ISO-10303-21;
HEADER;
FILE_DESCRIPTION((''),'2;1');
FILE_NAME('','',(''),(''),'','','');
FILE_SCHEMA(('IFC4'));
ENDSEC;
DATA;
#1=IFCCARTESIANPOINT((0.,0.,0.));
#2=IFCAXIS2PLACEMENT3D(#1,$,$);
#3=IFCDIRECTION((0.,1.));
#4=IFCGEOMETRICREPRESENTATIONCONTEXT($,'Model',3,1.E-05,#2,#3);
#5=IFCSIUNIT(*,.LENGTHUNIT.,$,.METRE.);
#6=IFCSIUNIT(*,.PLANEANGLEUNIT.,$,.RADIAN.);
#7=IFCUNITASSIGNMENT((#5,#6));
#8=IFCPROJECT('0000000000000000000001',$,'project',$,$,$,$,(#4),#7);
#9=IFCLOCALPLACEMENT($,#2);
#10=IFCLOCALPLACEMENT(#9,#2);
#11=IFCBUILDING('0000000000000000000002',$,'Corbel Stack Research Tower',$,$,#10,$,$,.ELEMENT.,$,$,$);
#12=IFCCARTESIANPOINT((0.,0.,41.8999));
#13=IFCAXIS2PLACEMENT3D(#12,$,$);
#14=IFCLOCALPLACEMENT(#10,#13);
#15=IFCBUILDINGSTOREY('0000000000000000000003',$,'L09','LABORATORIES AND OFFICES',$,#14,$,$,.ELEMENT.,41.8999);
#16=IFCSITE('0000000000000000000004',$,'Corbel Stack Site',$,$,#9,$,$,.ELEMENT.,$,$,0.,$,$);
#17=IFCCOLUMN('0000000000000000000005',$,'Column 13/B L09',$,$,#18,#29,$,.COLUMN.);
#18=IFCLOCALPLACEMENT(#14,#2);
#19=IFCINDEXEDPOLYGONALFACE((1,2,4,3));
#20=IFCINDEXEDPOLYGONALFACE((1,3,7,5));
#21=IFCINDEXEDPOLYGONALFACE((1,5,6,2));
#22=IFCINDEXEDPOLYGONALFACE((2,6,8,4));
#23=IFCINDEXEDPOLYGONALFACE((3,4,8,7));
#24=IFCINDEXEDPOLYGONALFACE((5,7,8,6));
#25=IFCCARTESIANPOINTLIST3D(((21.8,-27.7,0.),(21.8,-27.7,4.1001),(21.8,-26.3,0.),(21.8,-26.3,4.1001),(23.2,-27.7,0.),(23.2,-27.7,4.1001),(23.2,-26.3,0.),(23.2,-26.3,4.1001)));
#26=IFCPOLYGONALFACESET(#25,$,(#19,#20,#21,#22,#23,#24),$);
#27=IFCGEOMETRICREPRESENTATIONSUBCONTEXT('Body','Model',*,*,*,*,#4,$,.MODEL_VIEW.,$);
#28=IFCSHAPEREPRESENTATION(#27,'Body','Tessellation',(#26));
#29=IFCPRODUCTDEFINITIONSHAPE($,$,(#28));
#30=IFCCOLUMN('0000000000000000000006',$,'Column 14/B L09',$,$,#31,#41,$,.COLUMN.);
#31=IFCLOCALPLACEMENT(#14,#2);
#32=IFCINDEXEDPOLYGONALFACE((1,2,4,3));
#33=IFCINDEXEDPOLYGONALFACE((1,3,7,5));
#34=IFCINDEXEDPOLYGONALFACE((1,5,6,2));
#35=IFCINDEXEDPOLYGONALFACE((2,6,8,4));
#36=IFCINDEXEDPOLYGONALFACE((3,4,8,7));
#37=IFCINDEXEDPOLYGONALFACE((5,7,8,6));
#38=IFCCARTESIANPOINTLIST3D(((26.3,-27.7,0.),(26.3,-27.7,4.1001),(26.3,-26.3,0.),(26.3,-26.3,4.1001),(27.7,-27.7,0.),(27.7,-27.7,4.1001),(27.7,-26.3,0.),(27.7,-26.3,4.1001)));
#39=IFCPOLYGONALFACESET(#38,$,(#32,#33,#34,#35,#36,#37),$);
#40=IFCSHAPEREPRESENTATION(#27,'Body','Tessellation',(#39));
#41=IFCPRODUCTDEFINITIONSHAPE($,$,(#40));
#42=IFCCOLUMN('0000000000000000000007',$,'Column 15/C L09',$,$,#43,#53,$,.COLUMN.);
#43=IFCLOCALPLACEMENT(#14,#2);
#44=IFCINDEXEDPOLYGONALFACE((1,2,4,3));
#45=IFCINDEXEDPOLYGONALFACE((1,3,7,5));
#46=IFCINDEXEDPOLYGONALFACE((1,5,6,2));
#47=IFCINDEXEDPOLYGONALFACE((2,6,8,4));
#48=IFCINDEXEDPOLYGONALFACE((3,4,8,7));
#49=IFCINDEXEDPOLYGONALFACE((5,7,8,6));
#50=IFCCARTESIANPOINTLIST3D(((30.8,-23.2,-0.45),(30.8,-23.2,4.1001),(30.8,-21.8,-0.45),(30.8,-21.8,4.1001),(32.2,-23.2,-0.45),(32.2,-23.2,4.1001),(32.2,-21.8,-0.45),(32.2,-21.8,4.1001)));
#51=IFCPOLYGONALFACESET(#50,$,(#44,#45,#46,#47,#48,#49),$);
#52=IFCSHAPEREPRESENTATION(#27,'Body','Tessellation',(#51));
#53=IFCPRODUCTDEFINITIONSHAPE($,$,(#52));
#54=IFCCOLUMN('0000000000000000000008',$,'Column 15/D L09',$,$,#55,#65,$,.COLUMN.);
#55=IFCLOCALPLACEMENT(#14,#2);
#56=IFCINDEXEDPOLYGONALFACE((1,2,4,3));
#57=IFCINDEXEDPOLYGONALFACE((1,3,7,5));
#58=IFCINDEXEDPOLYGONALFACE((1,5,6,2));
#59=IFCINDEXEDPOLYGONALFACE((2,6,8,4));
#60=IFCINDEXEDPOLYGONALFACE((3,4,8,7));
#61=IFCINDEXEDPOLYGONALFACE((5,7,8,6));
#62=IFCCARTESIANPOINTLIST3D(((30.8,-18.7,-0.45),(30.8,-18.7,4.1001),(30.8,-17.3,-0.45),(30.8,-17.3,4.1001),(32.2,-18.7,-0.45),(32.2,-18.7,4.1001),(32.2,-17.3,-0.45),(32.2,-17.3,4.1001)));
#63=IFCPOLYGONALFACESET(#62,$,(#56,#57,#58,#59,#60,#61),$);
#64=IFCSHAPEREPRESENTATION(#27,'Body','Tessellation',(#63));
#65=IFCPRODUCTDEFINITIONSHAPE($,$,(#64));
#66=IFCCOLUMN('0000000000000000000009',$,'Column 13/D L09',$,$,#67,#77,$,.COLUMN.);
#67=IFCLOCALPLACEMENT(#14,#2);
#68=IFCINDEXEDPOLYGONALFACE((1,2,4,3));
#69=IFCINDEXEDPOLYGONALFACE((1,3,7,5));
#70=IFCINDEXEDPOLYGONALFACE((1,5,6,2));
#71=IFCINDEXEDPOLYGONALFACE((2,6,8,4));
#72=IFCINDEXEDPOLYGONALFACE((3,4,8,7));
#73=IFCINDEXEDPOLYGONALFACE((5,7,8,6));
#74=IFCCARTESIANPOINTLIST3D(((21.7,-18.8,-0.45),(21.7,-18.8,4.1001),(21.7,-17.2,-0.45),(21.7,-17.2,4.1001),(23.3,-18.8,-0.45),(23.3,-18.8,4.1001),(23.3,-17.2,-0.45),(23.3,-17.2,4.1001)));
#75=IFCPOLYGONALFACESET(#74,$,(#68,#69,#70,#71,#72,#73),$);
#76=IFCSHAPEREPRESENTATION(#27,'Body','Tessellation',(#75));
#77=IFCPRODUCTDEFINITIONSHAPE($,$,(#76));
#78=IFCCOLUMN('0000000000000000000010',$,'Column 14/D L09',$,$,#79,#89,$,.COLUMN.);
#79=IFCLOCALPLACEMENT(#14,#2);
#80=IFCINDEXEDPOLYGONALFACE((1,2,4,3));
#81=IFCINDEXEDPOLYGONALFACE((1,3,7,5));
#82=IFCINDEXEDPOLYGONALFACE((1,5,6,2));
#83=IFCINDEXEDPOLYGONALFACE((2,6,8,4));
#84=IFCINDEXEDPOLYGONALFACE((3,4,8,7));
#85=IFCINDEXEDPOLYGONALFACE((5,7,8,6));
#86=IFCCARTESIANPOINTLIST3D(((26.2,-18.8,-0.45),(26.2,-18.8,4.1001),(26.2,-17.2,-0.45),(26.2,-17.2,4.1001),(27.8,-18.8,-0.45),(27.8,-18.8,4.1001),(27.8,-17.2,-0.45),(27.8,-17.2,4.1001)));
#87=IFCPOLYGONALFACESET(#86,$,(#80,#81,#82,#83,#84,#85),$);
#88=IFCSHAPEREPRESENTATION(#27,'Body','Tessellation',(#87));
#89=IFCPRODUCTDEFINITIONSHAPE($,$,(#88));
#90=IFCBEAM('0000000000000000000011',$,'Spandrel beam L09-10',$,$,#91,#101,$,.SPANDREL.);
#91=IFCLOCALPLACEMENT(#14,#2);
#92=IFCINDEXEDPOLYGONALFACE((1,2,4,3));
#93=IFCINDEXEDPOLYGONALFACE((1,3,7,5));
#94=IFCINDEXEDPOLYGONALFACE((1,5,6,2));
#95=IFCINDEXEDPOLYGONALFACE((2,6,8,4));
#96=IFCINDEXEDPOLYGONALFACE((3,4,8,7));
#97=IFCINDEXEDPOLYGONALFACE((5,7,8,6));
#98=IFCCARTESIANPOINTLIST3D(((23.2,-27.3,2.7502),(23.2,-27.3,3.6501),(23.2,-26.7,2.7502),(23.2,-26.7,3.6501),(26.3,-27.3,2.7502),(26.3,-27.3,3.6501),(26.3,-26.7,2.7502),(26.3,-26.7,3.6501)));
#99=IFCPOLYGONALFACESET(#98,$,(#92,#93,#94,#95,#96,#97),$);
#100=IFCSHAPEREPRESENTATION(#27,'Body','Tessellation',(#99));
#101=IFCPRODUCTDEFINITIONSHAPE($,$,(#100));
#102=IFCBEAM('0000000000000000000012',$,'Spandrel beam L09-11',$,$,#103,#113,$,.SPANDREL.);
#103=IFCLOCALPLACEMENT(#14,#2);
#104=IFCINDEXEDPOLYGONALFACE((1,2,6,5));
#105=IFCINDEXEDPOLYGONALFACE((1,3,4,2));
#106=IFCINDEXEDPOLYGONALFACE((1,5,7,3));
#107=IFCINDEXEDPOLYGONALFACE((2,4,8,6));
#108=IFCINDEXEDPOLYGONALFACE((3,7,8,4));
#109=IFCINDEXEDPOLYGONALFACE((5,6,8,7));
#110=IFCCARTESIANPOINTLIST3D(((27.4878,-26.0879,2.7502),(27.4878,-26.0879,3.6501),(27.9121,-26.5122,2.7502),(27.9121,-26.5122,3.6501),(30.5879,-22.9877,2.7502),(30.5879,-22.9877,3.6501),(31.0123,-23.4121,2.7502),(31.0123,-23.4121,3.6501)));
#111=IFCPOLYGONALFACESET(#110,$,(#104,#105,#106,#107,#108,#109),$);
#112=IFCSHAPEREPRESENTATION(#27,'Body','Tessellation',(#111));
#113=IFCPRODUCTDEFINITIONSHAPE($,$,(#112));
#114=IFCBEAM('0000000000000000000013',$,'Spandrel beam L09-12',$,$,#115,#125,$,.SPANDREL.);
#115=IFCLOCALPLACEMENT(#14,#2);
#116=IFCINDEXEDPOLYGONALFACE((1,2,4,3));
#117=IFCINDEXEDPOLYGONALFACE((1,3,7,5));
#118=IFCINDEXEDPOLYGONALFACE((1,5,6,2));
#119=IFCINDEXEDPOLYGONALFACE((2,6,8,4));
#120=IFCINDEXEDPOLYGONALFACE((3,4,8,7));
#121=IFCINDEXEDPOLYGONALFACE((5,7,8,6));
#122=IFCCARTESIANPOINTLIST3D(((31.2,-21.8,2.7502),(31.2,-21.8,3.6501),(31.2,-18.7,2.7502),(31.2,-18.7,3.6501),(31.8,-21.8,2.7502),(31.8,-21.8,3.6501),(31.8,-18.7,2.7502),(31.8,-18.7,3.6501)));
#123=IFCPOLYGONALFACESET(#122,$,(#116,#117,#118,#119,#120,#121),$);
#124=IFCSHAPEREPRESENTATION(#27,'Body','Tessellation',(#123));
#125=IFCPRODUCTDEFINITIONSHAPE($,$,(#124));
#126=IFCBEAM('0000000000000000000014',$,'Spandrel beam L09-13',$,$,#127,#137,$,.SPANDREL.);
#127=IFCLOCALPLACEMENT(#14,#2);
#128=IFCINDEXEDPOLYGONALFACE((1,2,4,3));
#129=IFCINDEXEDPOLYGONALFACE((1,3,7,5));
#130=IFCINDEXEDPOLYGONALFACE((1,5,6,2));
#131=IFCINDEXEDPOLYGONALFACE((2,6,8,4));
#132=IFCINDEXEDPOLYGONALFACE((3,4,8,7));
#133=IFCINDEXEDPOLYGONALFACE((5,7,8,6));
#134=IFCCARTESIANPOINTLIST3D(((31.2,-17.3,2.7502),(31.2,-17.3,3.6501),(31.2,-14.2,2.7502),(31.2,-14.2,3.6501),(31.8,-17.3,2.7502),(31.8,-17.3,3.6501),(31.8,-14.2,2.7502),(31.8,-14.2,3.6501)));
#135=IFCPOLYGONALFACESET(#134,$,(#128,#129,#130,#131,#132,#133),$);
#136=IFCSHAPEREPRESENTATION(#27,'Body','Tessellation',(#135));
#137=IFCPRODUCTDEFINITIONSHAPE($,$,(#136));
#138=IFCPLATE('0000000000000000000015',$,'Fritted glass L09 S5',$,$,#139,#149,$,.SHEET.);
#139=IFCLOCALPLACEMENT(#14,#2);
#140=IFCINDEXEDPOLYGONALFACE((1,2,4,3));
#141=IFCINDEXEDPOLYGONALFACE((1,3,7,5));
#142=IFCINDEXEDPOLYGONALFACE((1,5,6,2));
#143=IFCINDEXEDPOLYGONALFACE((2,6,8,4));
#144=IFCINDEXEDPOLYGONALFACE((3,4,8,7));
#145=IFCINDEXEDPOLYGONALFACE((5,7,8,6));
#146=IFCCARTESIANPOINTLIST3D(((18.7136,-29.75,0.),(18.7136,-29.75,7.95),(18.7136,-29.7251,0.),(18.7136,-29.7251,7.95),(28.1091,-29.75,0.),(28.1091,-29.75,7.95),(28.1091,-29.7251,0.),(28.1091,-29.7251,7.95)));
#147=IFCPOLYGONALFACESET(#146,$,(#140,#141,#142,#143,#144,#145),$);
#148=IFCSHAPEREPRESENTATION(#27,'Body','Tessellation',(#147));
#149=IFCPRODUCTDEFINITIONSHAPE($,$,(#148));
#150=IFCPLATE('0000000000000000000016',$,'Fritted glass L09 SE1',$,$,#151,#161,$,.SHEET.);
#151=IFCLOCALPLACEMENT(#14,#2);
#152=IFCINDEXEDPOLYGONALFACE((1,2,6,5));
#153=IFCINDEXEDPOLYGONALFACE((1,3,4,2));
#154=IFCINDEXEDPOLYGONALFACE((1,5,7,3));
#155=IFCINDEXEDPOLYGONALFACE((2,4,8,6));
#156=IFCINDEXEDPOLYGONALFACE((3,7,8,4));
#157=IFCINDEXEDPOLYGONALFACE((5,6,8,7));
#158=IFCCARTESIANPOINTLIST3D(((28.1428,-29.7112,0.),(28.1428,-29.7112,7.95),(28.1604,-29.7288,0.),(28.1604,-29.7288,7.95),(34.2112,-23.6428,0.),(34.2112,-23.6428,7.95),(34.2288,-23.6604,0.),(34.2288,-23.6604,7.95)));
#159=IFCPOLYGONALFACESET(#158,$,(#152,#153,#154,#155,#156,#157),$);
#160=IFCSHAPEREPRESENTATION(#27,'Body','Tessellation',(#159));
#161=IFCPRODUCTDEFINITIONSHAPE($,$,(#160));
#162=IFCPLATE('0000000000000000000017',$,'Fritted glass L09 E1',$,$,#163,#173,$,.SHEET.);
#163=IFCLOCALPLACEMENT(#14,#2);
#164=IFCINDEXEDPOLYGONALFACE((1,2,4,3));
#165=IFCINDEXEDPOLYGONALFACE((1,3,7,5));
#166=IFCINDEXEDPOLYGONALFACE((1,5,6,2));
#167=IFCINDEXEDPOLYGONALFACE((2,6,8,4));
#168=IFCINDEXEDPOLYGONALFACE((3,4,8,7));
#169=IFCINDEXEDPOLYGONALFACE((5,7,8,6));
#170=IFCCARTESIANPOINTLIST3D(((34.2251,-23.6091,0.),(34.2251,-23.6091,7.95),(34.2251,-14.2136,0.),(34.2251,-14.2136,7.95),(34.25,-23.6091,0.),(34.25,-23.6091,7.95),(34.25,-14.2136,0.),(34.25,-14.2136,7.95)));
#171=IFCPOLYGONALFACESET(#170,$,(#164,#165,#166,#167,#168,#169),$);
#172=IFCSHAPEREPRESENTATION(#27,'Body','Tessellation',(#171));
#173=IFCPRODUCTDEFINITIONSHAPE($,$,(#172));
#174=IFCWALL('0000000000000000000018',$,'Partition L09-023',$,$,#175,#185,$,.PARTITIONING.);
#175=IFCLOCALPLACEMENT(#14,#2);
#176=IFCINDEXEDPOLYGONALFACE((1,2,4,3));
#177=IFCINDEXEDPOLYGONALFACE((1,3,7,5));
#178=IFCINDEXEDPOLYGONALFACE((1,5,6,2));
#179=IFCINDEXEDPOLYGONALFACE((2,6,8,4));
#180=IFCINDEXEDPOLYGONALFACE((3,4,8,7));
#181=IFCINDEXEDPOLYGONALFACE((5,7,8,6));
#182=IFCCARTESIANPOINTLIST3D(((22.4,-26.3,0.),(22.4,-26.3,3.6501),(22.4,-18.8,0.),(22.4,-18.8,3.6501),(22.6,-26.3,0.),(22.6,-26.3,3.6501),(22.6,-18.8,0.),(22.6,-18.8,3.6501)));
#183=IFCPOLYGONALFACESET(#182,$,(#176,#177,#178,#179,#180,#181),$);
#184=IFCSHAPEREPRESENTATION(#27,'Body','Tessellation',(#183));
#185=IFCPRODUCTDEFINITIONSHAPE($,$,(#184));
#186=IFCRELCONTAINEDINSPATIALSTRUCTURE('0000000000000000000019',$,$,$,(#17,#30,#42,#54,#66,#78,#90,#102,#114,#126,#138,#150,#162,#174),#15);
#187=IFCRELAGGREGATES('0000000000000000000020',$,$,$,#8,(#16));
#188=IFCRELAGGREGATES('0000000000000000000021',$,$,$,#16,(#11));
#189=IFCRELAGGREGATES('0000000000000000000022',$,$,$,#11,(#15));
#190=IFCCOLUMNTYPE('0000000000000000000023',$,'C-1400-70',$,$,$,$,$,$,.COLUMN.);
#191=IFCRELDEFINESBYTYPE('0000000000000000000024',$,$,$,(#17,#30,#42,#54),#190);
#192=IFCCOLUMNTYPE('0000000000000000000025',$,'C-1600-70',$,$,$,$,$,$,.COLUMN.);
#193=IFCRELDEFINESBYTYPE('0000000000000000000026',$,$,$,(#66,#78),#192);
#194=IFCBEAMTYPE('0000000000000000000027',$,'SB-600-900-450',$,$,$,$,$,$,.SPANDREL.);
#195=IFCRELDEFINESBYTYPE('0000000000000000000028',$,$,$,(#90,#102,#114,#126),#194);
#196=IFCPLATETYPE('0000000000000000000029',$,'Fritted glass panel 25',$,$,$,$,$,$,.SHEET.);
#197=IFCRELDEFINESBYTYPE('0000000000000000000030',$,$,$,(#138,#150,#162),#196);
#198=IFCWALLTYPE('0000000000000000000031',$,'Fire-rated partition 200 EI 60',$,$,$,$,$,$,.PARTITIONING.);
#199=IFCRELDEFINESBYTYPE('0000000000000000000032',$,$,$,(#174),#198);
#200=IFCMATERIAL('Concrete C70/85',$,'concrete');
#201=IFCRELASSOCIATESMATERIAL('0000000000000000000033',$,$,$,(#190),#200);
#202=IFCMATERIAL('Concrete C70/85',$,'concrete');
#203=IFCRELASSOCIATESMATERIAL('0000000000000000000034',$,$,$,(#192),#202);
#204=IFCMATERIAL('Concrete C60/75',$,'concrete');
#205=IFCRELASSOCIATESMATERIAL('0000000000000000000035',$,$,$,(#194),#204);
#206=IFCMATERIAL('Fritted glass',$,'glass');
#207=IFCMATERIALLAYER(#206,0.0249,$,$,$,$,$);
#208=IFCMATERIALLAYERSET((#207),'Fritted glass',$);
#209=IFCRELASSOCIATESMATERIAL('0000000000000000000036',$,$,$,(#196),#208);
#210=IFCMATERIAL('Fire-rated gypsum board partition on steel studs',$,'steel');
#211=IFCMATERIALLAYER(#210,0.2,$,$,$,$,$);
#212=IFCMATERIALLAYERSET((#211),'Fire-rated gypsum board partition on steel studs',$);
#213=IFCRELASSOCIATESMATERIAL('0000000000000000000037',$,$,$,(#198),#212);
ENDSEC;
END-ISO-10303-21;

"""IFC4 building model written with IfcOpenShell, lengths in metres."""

from ifc_helpers import new_model, si_unit, direction, frame, frame_2d, origin, origin_2d, place, context, subcontext, project, spatial, rectangle, extrude, material, layer, layer_set, material_profile, profile_set, type_object, element, save


model = new_model("IFC4")

# Units and contexts
model_context = context("Model", 3, precision=1e-05, world=origin(), true_north=direction((0.0, 1.0)))
body_context = subcontext(model_context, "Body", "Model", "MODEL_VIEW")
ifc_project = project(units=[si_unit("LENGTHUNIT", "METRE"), si_unit("PLANEANGLEUNIT", "RADIAN")], contexts=[model_context])

# Site, building, storey
site_placement = place(None, origin())
site = spatial("IfcSite", under=ifc_project, at=site_placement, Name="Corbel Stack Site", CompositionType="ELEMENT", RefElevation=0.0)
building_placement = place(site_placement, origin())
building = spatial("IfcBuilding", under=site, at=building_placement, Name="Corbel Stack Research Tower", CompositionType="ELEMENT")
storey_placement = place(building_placement, frame((0.0, 0.0, 41.8999)))
storey = spatial("IfcBuildingStorey", under=building, at=storey_placement, Name="L09", Description="LABORATORIES AND OFFICES", CompositionType="ELEMENT", Elevation=41.8999)

# Columns
ifc_material_1 = material(Name="Concrete C70/85", Category="concrete")
ifc_material_profile_1 = material_profile(ifc_material_1, rectangle(XDim=1.3999, YDim=1.3999, at=origin_2d()), Name="RC 1400 x 1400")
ifc_profile_set_1 = profile_set([ifc_material_profile_1], Name="Concrete C70/85")
column_type_1 = type_object("IfcColumnType", Name="C-1400-70", PredefinedType="COLUMN", material=ifc_profile_set_1)
for number, where, z_axis, x_axis, name in (
    (1, (22.5, -27.0, 0.0), (0.0, 0.0, 1.0), (1.0, 0.0, 0.0), "Column 13/B L09"),
    (2, (27.0, -27.0, 0.0), (0.0, 0.0, 1.0), (1.0, 0.0, 0.0), "Column 14/B L09"),
):
    element("IfcColumn", number, at=place(storey_placement, frame(where, z_axis=z_axis, x_axis=x_axis)), inside=storey, type_object=column_type_1, Name=name, PredefinedType="COLUMN", context=body_context, shape_type="SweptSolid", body=[
        extrude(rectangle(XDim=1.3999, YDim=1.3999, at=origin_2d()), origin(), (0.0, 0.0, 1.0), 4.1001),
    ])
for number, where, z_axis, x_axis, name in (
    (3, (31.5, -22.5, -0.45), (0.0, 0.0, 1.0), (1.0, 0.0, 0.0), "Column 15/C L09"),
    (4, (31.5, -18.0, -0.45), (0.0, 0.0, 1.0), (1.0, 0.0, 0.0), "Column 15/D L09"),
):
    element("IfcColumn", number, at=place(storey_placement, frame(where, z_axis=z_axis, x_axis=x_axis)), inside=storey, type_object=column_type_1, Name=name, PredefinedType="COLUMN", context=body_context, shape_type="SweptSolid", body=[
        extrude(rectangle(XDim=1.3999, YDim=1.3999, at=origin_2d()), origin(), (0.0, 0.0, 1.0), 4.55),
    ])
ifc_material_2 = material(Name="Concrete C70/85", Category="concrete")
ifc_material_profile_2 = material_profile(ifc_material_2, rectangle(XDim=1.6001, YDim=1.6001, at=origin_2d()), Name="RC 1600 x 1600")
ifc_profile_set_2 = profile_set([ifc_material_profile_2], Name="Concrete C70/85")
column_type_2 = type_object("IfcColumnType", Name="C-1600-70", PredefinedType="COLUMN", material=ifc_profile_set_2)
for number, where, z_axis, x_axis, name in (
    (5, (22.5, -18.0, -0.45), (0.0, 0.0, 1.0), (1.0, 0.0, 0.0), "Column 13/D L09"),
    (6, (27.0, -18.0, -0.45), (0.0, 0.0, 1.0), (1.0, 0.0, 0.0), "Column 14/D L09"),
):
    element("IfcColumn", number, at=place(storey_placement, frame(where, z_axis=z_axis, x_axis=x_axis)), inside=storey, type_object=column_type_2, Name=name, PredefinedType="COLUMN", context=body_context, shape_type="SweptSolid", body=[
        extrude(rectangle(XDim=1.6001, YDim=1.6001, at=origin_2d()), origin(), (0.0, 0.0, 1.0), 4.55),
    ])

# Beams
ifc_material_3 = material(Name="Concrete C60/75", Category="concrete")
ifc_material_profile_3 = material_profile(ifc_material_3, rectangle(XDim=0.6001, YDim=0.8999, at=origin_2d()), Name="RC 600 x 900")
ifc_profile_set_3 = profile_set([ifc_material_profile_3], Name="Concrete C60/75")
beam_type = type_object("IfcBeamType", Name="SB-600-900-450", PredefinedType="SPANDREL", material=ifc_profile_set_3)
beam_1_placement = place(storey_placement, frame((23.2, -27.0, 3.2002), z_axis=(1.0, 0.0, 0.0), x_axis=(0.0, 1.0, 0.0)))
element("IfcBeam", 7, at=beam_1_placement, inside=storey, type_object=beam_type, Name="Spandrel beam L09-10", PredefinedType="SPANDREL", context=body_context, shape_type="SweptSolid", body=[
    extrude(rectangle(XDim=0.6001, YDim=0.8999, at=origin_2d()), origin(), (0.0, 0.0, 1.0), 3.1001),
])
beam_2_placement = place(storey_placement, frame((27.7, -26.3, 3.2002), z_axis=(0.707107, 0.707107, 0.0), x_axis=(-0.707107, 0.707107, 0.0)))
element("IfcBeam", 8, at=beam_2_placement, inside=storey, type_object=beam_type, Name="Spandrel beam L09-11", PredefinedType="SPANDREL", context=body_context, shape_type="SweptSolid", body=[
    extrude(rectangle(XDim=0.6001, YDim=0.8999, at=origin_2d()), origin(), (0.0, 0.0, 1.0), 4.3843),
])
for number, where, z_axis, x_axis, name in (
    (9, (31.5, -21.8, 3.2002), (0.0, 1.0, 0.0), (-1.0, 0.0, 0.0), "Spandrel beam L09-12"),
    (10, (31.5, -17.3, 3.2002), (0.0, 1.0, 0.0), (-1.0, 0.0, 0.0), "Spandrel beam L09-13"),
):
    element("IfcBeam", number, at=place(storey_placement, frame(where, z_axis=z_axis, x_axis=x_axis)), inside=storey, type_object=beam_type, Name=name, PredefinedType="SPANDREL", context=body_context, shape_type="SweptSolid", body=[
        extrude(rectangle(XDim=0.6001, YDim=0.8999, at=origin_2d()), origin(), (0.0, 0.0, 1.0), 3.1001),
    ])

# Plates
ifc_material_4 = material(Name="Fritted glass", Category="glass")
ifc_layer_1 = layer(ifc_material_4, 0.0249)
ifc_layer_set_1 = layer_set([ifc_layer_1], Name="Fritted glass")
plate_type = type_object("IfcPlateType", Name="Fritted glass panel 25", PredefinedType="SHEET", material=ifc_layer_set_1)
plate_1_placement = place(storey_placement, frame((23.4114, -29.7375, 0.0), z_axis=(0.0, 0.0, 1.0), x_axis=(1.0, 0.0, 0.0)))
element("IfcPlate", 11, at=plate_1_placement, inside=storey, type_object=plate_type, Name="Fritted glass L09 S5", PredefinedType="SHEET", context=body_context, shape_type="SweptSolid", body=[
    extrude(rectangle(XDim=9.3955, YDim=0.0249, at=origin_2d()), origin(), (0.0, 0.0, 1.0), 7.95),
])
plate_2_placement = place(storey_placement, frame((31.1858, -26.6858, 0.0), z_axis=(0.0, 0.0, 1.0), x_axis=(0.707107, 0.707107, 0.0)))
element("IfcPlate", 12, at=plate_2_placement, inside=storey, type_object=plate_type, Name="Fritted glass L09 SE1", PredefinedType="SHEET", context=body_context, shape_type="SweptSolid", body=[
    extrude(rectangle(XDim=8.582, YDim=0.0249, at=origin_2d()), origin(), (0.0, 0.0, 1.0), 7.95),
])
plate_3_placement = place(storey_placement, frame((34.2375, -18.9114, 0.0), z_axis=(0.0, 0.0, 1.0), x_axis=(0.0, 1.0, 0.0)))
element("IfcPlate", 13, at=plate_3_placement, inside=storey, type_object=plate_type, Name="Fritted glass L09 E1", PredefinedType="SHEET", context=body_context, shape_type="SweptSolid", body=[
    extrude(rectangle(XDim=9.3955, YDim=0.0249, at=origin_2d()), origin(), (0.0, 0.0, 1.0), 7.95),
])

# Wall
ifc_material_5 = material(Name="Fire-rated gypsum board partition on steel studs", Category="steel")
ifc_layer_2 = layer(ifc_material_5, 0.2)
ifc_layer_set_2 = layer_set([ifc_layer_2], Name="Fire-rated gypsum board partition on steel studs")
wall_type_1 = type_object("IfcWallType", Name="Fire-rated partition 200 EI 60", PredefinedType="PARTITIONING", material=ifc_layer_set_2)
wall_1_placement = place(storey_placement, frame((22.5, -26.3, 0.0), z_axis=(0.0, 0.0, 1.0), x_axis=(0.0, 1.0, 0.0)))
element("IfcWall", 14, at=wall_1_placement, inside=storey, type_object=wall_type_1, Name="Partition L09-023", PredefinedType="PARTITIONING", context=body_context, shape_type="SweptSolid", body=[
    extrude(rectangle(XDim=7.5, YDim=0.2, at=frame_2d((3.75, 0.0))), origin(), (0.0, 0.0, 1.0), 3.6501),
])

save(model, "model.ifc")
